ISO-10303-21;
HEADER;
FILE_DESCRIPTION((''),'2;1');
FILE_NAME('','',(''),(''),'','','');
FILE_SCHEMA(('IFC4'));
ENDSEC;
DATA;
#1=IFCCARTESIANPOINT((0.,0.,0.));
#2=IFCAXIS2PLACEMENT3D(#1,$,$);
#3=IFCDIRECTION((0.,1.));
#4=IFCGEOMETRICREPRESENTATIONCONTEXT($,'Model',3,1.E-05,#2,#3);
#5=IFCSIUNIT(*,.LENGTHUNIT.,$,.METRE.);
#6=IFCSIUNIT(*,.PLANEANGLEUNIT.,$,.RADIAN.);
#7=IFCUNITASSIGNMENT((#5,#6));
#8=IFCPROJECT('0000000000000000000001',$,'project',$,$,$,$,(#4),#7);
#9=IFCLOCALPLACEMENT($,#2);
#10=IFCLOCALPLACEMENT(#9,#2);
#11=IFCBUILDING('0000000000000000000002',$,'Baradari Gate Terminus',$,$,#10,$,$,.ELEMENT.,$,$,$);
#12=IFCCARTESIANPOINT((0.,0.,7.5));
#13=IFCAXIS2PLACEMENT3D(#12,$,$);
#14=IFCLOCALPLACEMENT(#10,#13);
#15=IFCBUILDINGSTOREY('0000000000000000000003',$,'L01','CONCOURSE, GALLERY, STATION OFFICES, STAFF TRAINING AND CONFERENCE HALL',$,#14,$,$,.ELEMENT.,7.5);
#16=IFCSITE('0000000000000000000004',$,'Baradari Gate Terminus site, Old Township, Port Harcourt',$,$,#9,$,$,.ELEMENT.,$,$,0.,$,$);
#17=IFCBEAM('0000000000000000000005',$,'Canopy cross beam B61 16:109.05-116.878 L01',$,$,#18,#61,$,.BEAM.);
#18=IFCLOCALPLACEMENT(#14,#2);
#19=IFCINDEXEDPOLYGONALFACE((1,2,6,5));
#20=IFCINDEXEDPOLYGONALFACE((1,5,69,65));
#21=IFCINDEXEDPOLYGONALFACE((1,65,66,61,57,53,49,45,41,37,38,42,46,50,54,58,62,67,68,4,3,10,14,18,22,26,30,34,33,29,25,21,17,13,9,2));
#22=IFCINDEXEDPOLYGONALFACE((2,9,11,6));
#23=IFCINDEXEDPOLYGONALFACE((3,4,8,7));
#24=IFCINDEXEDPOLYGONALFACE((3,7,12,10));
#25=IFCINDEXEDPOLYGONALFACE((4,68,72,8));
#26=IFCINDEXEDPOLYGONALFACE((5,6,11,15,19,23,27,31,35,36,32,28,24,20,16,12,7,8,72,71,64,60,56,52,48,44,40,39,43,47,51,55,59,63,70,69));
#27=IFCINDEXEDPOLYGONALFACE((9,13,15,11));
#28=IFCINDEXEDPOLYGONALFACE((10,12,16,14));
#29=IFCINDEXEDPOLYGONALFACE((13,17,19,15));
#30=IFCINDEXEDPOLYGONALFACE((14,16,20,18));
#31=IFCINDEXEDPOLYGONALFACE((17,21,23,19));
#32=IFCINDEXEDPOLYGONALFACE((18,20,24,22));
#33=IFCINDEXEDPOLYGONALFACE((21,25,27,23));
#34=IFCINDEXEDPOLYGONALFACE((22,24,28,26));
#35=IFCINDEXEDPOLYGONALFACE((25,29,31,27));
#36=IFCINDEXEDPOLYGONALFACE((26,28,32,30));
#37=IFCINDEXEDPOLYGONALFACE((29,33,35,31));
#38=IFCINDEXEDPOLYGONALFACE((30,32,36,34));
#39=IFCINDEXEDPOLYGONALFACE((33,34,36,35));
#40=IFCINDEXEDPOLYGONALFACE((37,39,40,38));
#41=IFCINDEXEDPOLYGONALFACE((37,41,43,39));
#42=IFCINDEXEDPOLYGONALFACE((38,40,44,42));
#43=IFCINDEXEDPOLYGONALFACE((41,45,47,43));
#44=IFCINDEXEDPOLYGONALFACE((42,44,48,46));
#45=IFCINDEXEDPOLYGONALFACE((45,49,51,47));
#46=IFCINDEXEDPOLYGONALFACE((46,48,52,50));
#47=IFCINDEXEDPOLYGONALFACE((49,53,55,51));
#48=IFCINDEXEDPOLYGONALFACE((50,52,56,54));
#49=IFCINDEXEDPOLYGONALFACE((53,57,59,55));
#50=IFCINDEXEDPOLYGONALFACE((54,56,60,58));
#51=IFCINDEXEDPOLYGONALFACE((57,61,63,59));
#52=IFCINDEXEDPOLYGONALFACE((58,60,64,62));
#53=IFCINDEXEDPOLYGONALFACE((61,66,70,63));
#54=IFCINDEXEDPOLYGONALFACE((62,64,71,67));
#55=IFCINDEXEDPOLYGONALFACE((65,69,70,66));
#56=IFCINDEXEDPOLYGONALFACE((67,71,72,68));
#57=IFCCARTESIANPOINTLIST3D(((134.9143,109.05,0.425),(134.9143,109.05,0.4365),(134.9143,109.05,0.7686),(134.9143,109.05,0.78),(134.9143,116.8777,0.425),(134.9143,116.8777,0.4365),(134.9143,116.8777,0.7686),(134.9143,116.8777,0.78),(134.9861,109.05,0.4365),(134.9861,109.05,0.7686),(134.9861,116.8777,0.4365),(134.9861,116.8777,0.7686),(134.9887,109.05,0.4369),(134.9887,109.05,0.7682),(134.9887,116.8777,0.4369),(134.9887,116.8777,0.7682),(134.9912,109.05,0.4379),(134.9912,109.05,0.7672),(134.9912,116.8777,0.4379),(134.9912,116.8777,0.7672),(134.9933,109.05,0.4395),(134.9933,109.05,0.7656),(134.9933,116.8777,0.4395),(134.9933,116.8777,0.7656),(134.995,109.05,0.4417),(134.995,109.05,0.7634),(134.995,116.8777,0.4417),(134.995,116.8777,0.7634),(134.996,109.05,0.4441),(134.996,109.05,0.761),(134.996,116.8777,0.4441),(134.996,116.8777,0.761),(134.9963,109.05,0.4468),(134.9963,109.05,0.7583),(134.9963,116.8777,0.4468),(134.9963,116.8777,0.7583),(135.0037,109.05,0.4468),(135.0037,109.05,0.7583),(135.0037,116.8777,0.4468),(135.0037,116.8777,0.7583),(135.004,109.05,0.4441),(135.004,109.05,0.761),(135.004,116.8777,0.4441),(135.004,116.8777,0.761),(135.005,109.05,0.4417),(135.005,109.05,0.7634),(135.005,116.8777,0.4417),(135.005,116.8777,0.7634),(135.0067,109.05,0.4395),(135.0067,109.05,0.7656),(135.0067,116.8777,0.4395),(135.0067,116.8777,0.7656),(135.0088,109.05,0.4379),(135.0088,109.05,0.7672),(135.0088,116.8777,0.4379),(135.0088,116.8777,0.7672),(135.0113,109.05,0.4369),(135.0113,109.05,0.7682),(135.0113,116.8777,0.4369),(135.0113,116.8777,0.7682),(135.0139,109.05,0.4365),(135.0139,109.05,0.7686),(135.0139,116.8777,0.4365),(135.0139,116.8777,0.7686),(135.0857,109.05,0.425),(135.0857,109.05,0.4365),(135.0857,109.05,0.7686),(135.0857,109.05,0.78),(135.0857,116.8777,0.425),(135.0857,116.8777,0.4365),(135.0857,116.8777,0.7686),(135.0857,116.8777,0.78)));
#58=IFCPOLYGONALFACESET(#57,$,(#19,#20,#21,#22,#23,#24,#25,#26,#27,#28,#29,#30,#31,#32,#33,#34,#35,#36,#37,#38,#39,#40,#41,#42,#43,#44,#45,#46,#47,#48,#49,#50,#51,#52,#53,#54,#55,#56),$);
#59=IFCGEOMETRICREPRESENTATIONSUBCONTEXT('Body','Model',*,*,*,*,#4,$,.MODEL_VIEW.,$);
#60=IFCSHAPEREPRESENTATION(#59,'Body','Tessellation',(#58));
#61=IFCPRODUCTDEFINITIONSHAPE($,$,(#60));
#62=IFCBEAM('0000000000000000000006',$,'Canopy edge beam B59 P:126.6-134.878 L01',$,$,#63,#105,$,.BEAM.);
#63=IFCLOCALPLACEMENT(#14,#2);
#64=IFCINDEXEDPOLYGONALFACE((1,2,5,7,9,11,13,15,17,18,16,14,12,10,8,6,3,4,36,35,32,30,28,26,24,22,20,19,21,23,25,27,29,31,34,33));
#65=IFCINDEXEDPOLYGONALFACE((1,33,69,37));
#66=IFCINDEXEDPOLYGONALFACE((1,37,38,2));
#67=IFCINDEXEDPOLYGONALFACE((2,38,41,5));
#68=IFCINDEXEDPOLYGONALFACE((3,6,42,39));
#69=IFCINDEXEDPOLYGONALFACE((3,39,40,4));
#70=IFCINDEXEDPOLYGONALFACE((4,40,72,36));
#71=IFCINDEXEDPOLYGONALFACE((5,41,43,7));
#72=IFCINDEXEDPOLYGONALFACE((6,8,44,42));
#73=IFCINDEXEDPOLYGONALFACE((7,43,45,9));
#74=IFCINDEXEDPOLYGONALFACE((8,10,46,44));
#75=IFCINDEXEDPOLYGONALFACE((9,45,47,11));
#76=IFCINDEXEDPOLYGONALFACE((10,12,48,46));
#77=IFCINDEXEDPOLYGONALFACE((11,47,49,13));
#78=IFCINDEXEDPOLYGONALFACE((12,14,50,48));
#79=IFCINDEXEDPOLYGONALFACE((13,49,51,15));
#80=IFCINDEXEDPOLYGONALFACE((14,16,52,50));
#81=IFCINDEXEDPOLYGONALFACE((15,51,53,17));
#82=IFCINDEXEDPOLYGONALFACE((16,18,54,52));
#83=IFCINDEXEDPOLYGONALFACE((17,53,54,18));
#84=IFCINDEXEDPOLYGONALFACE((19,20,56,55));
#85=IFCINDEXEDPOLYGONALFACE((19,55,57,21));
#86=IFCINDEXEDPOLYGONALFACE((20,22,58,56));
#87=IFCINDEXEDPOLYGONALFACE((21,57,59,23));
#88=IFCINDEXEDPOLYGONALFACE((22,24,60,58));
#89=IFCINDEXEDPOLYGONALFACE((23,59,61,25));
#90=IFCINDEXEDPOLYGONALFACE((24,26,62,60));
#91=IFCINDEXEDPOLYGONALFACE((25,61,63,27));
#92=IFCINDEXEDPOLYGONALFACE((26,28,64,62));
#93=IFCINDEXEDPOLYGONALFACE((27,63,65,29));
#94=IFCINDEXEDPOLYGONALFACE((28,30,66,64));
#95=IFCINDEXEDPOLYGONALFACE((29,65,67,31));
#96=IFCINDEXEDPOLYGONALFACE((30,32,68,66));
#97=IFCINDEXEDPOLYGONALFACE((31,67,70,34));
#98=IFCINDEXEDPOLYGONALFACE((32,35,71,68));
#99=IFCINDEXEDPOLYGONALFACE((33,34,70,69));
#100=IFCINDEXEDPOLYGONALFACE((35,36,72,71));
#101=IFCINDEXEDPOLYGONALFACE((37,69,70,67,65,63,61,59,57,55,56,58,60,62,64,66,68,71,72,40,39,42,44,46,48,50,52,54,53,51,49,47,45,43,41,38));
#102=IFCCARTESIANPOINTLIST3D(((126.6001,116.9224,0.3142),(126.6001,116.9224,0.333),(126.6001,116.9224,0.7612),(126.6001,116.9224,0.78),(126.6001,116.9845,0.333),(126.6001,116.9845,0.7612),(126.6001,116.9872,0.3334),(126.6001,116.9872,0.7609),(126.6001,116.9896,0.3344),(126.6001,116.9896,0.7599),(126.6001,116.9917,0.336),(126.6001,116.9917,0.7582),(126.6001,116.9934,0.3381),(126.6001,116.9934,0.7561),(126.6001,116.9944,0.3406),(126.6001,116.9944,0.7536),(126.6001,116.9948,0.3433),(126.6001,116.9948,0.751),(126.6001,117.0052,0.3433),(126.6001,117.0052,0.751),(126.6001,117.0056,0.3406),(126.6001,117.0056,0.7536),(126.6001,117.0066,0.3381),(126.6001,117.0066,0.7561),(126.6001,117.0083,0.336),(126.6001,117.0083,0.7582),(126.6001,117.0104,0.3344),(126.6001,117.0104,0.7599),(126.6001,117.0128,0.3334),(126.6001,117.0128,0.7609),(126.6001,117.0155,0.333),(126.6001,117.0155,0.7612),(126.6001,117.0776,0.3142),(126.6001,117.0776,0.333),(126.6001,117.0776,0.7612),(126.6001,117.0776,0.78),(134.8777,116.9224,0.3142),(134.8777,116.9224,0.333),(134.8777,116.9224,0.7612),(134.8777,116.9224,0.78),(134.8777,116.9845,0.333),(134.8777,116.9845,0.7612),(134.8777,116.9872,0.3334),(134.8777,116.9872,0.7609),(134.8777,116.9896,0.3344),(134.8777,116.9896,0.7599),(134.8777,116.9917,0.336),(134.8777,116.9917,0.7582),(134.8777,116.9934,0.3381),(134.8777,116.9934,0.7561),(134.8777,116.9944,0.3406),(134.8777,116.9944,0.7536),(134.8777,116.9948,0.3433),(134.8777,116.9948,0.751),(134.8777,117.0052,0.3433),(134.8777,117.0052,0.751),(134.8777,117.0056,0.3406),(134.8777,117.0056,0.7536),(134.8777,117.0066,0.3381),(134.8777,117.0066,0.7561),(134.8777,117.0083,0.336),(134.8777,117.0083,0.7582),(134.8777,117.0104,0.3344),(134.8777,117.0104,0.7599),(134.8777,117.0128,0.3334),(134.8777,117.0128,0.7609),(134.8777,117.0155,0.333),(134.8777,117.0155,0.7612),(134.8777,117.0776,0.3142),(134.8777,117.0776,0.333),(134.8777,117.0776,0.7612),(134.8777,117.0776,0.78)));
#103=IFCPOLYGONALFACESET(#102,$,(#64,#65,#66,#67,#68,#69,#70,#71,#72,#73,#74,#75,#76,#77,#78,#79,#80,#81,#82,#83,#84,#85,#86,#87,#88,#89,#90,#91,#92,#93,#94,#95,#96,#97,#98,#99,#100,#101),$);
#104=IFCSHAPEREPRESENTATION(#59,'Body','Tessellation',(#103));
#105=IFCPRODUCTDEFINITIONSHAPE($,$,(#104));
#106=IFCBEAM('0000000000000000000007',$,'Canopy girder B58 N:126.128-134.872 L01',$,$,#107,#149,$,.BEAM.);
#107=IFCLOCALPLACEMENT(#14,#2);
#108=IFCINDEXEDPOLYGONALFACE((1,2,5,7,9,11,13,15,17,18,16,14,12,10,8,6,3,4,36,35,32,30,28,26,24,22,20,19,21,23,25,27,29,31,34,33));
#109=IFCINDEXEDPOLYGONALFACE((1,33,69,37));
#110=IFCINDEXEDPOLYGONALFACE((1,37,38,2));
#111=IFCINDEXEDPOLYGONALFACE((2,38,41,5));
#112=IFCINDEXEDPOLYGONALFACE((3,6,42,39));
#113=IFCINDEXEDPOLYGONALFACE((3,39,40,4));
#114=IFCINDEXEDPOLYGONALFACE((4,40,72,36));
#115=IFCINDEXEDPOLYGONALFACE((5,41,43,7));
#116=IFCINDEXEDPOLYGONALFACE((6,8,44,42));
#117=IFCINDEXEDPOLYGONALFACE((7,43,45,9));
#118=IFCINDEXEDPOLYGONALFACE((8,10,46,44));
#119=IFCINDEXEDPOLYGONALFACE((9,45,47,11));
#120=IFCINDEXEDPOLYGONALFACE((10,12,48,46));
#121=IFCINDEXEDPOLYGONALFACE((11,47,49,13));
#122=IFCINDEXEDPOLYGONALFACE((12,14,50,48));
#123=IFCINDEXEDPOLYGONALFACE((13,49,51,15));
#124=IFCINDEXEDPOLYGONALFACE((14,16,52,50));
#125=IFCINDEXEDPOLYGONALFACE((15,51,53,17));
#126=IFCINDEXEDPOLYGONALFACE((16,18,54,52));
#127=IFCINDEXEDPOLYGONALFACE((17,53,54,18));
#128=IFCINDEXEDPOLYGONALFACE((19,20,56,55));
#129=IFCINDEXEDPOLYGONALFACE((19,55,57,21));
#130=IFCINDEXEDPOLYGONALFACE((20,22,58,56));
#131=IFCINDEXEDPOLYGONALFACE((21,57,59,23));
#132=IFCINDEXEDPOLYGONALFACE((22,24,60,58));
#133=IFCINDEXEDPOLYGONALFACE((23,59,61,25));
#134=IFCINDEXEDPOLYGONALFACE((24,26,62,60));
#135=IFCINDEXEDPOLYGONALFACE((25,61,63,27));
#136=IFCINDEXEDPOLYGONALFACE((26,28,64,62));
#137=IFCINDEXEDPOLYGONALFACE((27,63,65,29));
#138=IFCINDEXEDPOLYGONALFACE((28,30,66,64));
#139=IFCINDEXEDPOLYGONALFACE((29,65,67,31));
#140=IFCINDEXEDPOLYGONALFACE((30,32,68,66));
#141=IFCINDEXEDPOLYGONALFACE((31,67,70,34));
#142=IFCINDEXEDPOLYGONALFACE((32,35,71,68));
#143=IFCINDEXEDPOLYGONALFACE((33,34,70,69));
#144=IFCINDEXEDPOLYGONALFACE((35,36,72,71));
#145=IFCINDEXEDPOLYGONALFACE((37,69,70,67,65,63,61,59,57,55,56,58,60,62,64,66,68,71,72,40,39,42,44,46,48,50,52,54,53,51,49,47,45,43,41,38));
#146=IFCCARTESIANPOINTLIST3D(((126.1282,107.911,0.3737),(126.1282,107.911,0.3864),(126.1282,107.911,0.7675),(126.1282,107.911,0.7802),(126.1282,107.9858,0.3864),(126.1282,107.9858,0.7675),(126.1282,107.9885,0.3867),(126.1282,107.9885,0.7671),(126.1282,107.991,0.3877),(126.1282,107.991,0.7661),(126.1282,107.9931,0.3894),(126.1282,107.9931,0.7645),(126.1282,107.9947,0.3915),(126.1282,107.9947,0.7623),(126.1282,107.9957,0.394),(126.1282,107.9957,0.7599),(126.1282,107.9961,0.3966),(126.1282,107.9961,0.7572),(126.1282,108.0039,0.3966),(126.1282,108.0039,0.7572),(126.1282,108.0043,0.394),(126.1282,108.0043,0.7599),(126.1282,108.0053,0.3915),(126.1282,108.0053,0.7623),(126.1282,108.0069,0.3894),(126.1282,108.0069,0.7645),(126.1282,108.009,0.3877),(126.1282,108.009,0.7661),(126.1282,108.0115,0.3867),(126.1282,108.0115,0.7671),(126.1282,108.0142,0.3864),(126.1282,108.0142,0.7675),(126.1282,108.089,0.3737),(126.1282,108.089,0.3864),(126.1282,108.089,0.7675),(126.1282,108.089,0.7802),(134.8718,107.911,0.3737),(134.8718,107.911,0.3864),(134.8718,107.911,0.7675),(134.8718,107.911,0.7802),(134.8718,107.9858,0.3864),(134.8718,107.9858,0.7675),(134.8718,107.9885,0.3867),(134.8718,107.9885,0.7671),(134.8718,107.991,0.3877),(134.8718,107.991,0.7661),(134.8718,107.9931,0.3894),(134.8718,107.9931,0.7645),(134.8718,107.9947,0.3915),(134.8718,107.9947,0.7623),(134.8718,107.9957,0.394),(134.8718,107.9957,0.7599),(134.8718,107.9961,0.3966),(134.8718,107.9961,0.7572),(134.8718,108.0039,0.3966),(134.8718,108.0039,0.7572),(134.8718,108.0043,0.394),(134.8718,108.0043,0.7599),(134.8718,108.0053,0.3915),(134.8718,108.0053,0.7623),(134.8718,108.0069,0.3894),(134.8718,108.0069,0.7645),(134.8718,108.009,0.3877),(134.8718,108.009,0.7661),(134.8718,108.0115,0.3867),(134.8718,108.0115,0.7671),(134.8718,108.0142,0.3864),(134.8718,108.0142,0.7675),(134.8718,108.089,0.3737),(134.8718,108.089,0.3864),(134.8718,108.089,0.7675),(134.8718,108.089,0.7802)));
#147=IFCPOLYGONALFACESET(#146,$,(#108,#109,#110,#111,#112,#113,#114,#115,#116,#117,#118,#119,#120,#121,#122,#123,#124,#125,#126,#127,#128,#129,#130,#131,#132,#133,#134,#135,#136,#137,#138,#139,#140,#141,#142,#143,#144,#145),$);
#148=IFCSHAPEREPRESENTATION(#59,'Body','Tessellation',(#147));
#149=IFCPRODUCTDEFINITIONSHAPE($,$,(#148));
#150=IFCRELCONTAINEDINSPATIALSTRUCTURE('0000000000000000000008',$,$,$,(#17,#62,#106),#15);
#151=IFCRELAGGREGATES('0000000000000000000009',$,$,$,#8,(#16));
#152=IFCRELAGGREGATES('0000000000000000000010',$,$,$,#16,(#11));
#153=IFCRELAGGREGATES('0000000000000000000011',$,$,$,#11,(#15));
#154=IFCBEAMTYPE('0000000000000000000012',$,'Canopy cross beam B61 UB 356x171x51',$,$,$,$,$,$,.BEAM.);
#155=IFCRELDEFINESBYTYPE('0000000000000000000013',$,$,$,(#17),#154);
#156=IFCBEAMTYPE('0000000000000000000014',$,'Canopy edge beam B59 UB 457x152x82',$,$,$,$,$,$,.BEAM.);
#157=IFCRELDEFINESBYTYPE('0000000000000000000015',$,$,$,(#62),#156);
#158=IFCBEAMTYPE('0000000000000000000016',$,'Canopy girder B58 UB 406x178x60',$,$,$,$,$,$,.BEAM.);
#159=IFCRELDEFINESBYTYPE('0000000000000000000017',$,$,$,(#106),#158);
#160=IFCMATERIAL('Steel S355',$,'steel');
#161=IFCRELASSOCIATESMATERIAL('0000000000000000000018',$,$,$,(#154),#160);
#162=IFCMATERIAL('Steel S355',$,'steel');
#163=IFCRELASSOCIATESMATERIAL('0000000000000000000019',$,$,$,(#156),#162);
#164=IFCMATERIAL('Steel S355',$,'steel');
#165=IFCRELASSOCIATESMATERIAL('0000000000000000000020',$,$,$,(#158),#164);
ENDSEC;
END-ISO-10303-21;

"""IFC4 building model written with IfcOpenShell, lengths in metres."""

from ifc_helpers import new_model, si_unit, direction, frame, origin, origin_2d, place, context, subcontext, project, spatial, i_section, extrude, material, material_profile, profile_set, type_object, element, save


model = new_model("IFC4")

# Units and contexts
model_context = context("Model", 3, precision=1e-05, world=origin(), true_north=direction((0.0, 1.0)))
body_context = subcontext(model_context, "Body", "Model", "MODEL_VIEW")
ifc_project = project(units=[si_unit("LENGTHUNIT", "METRE"), si_unit("PLANEANGLEUNIT", "RADIAN")], contexts=[model_context])

# Site, building, storey
site_placement = place(None, origin())
site = spatial("IfcSite", under=ifc_project, at=site_placement, Name="Baradari Gate Terminus site, Old Township, Port Harcourt", CompositionType="ELEMENT", RefElevation=0.0)
building_placement = place(site_placement, origin())
building = spatial("IfcBuilding", under=site, at=building_placement, Name="Baradari Gate Terminus", CompositionType="ELEMENT")
storey_placement = place(building_placement, frame((0.0, 0.0, 7.5)))
storey = spatial("IfcBuildingStorey", under=building, at=storey_placement, Name="L01", Description="CONCOURSE, GALLERY, STATION OFFICES, STAFF TRAINING AND CONFERENCE HALL", CompositionType="ELEMENT", Elevation=7.5)

# Beams
ifc_material_1 = material(Name="Steel S355", Category="steel")
ifc_material_profile_1 = material_profile(ifc_material_1, i_section(OverallWidth=0.1714, OverallDepth=0.355, WebThickness=0.0073, FlangeThickness=0.0115, FilletRadius=0.0103, at=origin_2d()), Name="UB 356x171x51")
ifc_profile_set_1 = profile_set([ifc_material_profile_1], Name="Steel S355")
beam_type_1 = type_object("IfcBeamType", Name="Canopy cross beam B61 UB 356x171x51", PredefinedType="BEAM", material=ifc_profile_set_1)
beam_1_placement = place(storey_placement, frame((135.0, 109.05, 0.6025), z_axis=(0.0, 1.0, 0.0), x_axis=(-1.0, 0.0, 0.0)))
element("IfcBeam", 1, at=beam_1_placement, inside=storey, type_object=beam_type_1, Name="Canopy cross beam B61 16:109.05-116.878 L01", PredefinedType="BEAM", context=body_context, shape_type="SweptSolid", body=[
    extrude(i_section(OverallWidth=0.1714, OverallDepth=0.355, WebThickness=0.0073, FlangeThickness=0.0115, FilletRadius=0.0103, at=origin_2d()), origin(), (0.0, 0.0, 1.0), 7.8276),
])
ifc_material_2 = material(Name="Steel S355", Category="steel")
ifc_material_profile_2 = material_profile(ifc_material_2, i_section(OverallWidth=0.1553, OverallDepth=0.4658, WebThickness=0.0105, FlangeThickness=0.0188, FilletRadius=0.0103, at=origin_2d()), Name="UB 457x152x82")
ifc_profile_set_2 = profile_set([ifc_material_profile_2], Name="Steel S355")
beam_type_2 = type_object("IfcBeamType", Name="Canopy edge beam B59 UB 457x152x82", PredefinedType="BEAM", material=ifc_profile_set_2)
beam_2_placement = place(storey_placement, frame((126.6001, 117.0, 0.5471), z_axis=(1.0, 0.0, 0.0), x_axis=(0.0, 1.0, 0.0)))
element("IfcBeam", 2, at=beam_2_placement, inside=storey, type_object=beam_type_2, Name="Canopy edge beam B59 P:126.6-134.878 L01", PredefinedType="BEAM", context=body_context, shape_type="SweptSolid", body=[
    extrude(i_section(OverallWidth=0.1553, OverallDepth=0.4658, WebThickness=0.0105, FlangeThickness=0.0188, FilletRadius=0.0103, at=origin_2d()), origin(), (0.0, 0.0, 1.0), 8.2776),
])
ifc_material_3 = material(Name="Steel S355", Category="steel")
ifc_material_profile_3 = material_profile(ifc_material_3, i_section(OverallWidth=0.178, OverallDepth=0.4065, WebThickness=0.0078, FlangeThickness=0.0127, FilletRadius=0.0103, at=origin_2d()), Name="UB 406x178x60")
ifc_profile_set_3 = profile_set([ifc_material_profile_3], Name="Steel S355")
beam_type_3 = type_object("IfcBeamType", Name="Canopy girder B58 UB 406x178x60", PredefinedType="BEAM", material=ifc_profile_set_3)
beam_3_placement = place(storey_placement, frame((126.1282, 108.0, 0.5769), z_axis=(1.0, 0.0, 0.0), x_axis=(0.0, 1.0, 0.0)))
element("IfcBeam", 3, at=beam_3_placement, inside=storey, type_object=beam_type_3, Name="Canopy girder B58 N:126.128-134.872 L01", PredefinedType="BEAM", context=body_context, shape_type="SweptSolid", body=[
    extrude(i_section(OverallWidth=0.178, OverallDepth=0.4065, WebThickness=0.0078, FlangeThickness=0.0127, FilletRadius=0.0103, at=origin_2d()), origin(), (0.0, 0.0, 1.0), 8.7437),
])

save(model, "model.ifc")
